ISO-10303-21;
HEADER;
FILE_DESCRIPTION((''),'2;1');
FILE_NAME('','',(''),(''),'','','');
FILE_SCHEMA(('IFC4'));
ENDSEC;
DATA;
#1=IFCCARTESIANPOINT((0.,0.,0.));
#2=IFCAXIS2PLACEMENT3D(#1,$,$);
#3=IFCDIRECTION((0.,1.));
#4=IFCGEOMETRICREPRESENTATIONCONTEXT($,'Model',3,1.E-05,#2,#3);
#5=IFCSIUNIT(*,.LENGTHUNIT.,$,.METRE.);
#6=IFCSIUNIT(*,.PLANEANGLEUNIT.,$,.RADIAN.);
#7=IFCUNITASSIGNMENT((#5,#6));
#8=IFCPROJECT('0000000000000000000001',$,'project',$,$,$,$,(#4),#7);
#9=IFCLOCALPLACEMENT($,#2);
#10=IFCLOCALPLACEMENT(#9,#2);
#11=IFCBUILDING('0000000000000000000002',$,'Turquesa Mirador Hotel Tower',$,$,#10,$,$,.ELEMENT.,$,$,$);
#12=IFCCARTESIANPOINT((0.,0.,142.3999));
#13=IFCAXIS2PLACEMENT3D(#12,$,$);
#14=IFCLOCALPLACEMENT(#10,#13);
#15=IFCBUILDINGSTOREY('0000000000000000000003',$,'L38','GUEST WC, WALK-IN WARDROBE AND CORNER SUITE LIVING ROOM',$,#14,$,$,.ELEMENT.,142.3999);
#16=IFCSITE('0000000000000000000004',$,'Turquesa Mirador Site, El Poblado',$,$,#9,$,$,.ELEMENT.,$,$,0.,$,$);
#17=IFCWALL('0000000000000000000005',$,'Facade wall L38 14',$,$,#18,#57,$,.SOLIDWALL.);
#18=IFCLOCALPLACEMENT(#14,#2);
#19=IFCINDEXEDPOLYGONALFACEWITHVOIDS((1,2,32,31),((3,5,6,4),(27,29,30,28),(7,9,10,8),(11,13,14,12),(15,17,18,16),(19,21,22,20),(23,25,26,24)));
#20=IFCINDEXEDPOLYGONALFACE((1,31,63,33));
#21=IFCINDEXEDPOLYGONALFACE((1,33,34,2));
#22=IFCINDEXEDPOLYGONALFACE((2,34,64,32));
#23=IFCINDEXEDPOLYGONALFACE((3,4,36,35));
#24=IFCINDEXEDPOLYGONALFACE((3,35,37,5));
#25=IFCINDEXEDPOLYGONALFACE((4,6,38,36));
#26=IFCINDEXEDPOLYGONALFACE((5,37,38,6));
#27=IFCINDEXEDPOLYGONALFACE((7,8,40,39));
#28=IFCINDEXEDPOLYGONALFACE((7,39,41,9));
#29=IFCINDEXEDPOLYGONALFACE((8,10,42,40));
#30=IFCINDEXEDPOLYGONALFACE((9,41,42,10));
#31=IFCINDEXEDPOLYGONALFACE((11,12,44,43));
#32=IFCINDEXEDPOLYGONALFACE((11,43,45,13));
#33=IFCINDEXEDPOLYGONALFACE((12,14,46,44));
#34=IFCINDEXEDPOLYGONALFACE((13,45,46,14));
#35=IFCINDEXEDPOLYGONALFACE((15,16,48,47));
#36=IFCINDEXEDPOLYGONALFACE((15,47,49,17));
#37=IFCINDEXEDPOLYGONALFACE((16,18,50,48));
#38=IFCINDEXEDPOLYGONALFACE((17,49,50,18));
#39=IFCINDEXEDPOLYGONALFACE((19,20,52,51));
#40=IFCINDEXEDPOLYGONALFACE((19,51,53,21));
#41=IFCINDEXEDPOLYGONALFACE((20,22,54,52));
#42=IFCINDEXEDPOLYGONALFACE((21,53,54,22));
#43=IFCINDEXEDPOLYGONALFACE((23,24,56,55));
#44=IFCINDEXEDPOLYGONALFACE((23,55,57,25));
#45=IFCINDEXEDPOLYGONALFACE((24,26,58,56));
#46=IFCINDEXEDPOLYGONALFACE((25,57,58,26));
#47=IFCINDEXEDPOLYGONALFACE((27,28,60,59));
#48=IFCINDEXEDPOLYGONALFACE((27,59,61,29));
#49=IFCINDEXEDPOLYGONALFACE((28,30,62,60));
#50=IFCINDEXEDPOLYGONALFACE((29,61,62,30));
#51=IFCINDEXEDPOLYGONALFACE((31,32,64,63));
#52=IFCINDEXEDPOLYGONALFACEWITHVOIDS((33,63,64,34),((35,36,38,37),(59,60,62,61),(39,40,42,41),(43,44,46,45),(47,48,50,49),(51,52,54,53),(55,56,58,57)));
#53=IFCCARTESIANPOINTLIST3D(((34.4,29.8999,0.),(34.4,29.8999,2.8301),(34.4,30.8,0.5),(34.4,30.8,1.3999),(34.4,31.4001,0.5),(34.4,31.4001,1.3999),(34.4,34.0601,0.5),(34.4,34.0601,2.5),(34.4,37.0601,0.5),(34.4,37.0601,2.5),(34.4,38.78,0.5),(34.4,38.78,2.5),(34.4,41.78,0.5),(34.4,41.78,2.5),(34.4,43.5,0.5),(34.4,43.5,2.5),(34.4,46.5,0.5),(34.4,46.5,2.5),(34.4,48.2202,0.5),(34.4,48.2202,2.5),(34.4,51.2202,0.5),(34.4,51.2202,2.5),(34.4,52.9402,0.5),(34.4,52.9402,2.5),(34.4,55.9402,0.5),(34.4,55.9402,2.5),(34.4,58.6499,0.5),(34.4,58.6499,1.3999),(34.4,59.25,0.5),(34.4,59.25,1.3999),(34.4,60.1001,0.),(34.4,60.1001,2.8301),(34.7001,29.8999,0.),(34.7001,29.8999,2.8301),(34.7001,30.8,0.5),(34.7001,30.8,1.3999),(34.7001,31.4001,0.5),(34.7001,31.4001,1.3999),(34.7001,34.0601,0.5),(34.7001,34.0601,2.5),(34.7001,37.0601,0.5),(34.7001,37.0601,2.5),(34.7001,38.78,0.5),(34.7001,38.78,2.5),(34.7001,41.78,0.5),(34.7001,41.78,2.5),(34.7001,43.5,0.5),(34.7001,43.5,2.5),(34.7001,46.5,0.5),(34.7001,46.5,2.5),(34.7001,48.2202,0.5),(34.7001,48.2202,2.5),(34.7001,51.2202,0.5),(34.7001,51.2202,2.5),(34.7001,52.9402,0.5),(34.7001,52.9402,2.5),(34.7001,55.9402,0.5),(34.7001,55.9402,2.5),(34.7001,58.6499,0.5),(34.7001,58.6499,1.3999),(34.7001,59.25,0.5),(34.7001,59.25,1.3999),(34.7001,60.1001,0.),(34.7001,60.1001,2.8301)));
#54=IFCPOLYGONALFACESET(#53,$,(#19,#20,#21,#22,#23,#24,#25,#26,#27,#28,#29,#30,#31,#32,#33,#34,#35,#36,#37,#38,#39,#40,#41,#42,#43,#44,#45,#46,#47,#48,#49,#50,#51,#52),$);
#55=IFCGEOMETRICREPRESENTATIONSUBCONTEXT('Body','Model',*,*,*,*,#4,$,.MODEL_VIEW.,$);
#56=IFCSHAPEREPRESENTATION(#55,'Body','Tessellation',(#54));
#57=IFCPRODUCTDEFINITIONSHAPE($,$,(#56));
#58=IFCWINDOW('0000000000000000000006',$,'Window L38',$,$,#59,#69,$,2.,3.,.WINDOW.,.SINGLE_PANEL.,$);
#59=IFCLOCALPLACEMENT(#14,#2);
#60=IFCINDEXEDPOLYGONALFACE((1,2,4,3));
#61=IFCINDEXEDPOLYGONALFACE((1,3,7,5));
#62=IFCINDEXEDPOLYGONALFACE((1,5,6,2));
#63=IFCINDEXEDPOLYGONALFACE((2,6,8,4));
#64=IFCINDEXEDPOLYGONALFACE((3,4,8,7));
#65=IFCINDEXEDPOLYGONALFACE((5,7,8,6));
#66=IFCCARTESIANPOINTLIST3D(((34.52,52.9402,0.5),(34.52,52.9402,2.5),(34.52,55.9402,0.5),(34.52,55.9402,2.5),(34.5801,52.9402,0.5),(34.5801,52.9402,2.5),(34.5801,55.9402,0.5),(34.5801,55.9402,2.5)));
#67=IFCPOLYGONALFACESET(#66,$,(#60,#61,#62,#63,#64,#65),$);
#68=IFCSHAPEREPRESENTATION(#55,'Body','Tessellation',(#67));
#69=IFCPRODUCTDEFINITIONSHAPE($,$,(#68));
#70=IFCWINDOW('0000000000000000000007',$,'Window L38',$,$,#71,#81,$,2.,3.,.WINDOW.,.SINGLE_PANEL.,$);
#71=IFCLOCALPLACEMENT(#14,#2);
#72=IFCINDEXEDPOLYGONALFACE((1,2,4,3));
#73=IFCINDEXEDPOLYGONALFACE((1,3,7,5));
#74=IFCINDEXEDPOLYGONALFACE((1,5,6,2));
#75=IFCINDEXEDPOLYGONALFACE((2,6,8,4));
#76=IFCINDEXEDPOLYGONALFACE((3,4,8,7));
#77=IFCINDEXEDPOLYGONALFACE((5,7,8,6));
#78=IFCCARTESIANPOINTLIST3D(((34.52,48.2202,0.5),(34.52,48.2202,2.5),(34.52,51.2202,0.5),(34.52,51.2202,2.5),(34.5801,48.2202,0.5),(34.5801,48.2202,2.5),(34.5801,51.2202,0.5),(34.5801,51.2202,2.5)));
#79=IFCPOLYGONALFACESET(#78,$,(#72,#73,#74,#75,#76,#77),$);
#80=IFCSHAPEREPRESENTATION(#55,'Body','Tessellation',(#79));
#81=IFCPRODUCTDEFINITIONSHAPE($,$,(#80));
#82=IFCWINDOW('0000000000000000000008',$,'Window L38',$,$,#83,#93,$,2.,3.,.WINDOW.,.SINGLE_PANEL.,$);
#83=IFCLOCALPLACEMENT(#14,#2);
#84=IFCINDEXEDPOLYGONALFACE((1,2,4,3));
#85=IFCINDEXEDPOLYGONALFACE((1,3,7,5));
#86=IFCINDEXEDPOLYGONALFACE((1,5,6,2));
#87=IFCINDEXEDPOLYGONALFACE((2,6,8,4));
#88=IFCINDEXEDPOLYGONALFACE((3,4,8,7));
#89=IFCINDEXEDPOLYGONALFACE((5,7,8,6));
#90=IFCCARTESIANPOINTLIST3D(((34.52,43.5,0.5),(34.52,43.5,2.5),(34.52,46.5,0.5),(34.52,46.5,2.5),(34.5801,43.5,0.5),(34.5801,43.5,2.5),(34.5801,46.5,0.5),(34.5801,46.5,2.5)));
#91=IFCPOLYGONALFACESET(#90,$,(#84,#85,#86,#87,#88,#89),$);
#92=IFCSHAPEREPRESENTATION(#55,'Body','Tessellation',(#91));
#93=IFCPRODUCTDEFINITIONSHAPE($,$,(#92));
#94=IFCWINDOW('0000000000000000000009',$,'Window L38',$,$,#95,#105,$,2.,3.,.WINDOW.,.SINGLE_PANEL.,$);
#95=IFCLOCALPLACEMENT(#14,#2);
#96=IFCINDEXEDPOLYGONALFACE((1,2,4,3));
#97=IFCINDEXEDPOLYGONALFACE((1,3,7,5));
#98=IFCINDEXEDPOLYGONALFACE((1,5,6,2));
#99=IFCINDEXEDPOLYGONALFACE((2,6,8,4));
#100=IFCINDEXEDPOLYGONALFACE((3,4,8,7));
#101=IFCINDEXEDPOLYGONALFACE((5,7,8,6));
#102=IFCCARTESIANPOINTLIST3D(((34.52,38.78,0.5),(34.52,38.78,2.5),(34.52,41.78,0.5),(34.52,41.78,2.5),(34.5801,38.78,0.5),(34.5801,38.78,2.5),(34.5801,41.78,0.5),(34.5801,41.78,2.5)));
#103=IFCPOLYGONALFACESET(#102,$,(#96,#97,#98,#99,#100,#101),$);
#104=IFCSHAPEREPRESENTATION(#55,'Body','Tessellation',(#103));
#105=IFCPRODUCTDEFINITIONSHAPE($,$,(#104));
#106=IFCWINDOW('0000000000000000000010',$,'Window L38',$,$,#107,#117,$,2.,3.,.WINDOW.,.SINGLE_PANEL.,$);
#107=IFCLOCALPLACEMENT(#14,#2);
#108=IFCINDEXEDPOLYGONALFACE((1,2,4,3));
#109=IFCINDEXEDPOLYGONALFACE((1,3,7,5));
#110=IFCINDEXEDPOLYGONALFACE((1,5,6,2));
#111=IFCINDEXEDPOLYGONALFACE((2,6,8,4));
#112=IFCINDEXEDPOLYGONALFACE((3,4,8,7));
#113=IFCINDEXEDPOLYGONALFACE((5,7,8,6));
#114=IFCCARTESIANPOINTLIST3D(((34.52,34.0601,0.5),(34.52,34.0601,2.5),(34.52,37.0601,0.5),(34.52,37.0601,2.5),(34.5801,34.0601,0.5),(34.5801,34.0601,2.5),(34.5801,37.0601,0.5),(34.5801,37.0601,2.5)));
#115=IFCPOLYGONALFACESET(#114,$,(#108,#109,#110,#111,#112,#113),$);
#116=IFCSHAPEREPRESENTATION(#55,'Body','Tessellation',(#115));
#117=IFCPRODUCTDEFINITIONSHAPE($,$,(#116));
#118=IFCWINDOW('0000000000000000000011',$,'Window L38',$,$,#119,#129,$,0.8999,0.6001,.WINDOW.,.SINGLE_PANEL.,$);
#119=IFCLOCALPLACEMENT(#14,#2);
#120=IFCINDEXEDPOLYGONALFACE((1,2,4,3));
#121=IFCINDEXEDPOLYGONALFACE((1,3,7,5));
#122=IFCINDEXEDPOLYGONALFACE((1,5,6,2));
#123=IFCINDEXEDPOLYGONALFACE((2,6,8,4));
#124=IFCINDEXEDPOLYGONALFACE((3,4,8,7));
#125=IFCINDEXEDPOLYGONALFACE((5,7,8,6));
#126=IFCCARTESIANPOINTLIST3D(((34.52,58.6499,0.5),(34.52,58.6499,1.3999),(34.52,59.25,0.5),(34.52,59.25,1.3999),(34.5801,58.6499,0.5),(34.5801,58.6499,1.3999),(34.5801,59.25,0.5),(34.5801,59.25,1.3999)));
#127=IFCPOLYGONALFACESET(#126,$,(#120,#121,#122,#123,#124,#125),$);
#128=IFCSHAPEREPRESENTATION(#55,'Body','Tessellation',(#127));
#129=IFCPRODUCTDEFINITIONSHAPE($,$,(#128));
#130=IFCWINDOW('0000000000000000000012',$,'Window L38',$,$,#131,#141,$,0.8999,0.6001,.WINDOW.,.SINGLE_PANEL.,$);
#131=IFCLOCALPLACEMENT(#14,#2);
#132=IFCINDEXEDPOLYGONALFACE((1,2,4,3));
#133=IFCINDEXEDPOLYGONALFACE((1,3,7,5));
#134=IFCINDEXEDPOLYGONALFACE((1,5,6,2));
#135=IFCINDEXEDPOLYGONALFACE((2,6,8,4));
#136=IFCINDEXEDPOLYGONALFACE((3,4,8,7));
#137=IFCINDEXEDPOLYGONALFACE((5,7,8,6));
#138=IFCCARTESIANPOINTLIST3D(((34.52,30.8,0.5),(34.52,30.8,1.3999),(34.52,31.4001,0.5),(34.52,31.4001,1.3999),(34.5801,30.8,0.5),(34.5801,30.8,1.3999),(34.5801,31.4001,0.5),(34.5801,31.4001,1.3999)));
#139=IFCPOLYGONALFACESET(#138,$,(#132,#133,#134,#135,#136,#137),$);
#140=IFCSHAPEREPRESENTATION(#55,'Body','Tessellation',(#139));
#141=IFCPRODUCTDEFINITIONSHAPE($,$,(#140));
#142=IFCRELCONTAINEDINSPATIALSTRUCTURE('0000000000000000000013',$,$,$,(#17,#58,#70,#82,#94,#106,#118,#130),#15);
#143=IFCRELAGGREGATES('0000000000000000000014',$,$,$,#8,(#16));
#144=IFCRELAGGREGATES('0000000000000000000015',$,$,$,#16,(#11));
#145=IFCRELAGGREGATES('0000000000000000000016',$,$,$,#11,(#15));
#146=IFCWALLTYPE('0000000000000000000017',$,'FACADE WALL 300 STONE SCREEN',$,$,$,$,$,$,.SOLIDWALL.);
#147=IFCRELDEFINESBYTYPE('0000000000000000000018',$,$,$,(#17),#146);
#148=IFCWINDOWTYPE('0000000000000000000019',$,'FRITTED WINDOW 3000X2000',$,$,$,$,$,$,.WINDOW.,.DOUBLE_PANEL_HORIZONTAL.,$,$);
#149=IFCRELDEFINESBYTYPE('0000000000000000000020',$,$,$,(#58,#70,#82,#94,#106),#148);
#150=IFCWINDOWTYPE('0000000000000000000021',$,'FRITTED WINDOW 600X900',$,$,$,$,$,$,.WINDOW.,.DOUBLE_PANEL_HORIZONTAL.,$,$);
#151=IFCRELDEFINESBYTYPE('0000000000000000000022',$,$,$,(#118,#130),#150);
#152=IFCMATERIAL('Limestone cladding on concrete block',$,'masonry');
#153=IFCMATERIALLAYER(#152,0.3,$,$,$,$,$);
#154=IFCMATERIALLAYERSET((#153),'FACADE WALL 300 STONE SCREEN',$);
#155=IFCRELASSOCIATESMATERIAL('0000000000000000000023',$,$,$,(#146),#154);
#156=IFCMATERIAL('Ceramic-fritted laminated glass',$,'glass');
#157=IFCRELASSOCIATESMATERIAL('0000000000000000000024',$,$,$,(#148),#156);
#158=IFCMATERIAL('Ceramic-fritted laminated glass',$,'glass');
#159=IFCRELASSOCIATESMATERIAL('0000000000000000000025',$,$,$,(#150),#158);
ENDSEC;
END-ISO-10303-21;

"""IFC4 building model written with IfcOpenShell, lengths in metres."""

from ifc_helpers import new_model, si_unit, direction, frame, frame_2d, origin, place, context, subcontext, project, spatial, rectangle, extrude, material, layer, layer_set, type_object, element, fill, save


model = new_model("IFC4")

# Units and contexts
model_context = context("Model", 3, precision=1e-05, world=origin(), true_north=direction((0.0, 1.0)))
body_context = subcontext(model_context, "Body", "Model", "MODEL_VIEW")
ifc_project = project(units=[si_unit("LENGTHUNIT", "METRE"), si_unit("PLANEANGLEUNIT", "RADIAN")], contexts=[model_context])

# Site, building, storey
site_placement = place(None, origin())
site = spatial("IfcSite", under=ifc_project, at=site_placement, Name="Turquesa Mirador Site, El Poblado", CompositionType="ELEMENT", RefElevation=0.0)
building_placement = place(site_placement, origin())
building = spatial("IfcBuilding", under=site, at=building_placement, Name="Turquesa Mirador Hotel Tower", CompositionType="ELEMENT")
storey_placement = place(building_placement, frame((0.0, 0.0, 142.3999)))
storey = spatial("IfcBuildingStorey", under=building, at=storey_placement, Name="L38", Description="GUEST WC, WALK-IN WARDROBE AND CORNER SUITE LIVING ROOM", CompositionType="ELEMENT", Elevation=142.3999)

# Shared definitions
ifc_material_1 = material(Name="Limestone cladding on concrete block", Category="masonry")
ifc_layer_1 = layer(ifc_material_1, 0.3)
ifc_layer_set_1 = layer_set([ifc_layer_1], Name="FACADE WALL 300 STONE SCREEN")
wall_type_1 = type_object("IfcWallType", Name="FACADE WALL 300 STONE SCREEN", PredefinedType="SOLIDWALL", material=ifc_layer_set_1)

# Wall, openings, windows
wall_1_placement = place(storey_placement, frame((34.55, 60.1001, 0.0), z_axis=(0.0, 0.0, 1.0), x_axis=(0.0, -1.0, 0.0)))
wall_1 = element("IfcWall", 1, at=wall_1_placement, inside=storey, type_object=wall_type_1, Name="Facade wall L38 14", PredefinedType="SOLIDWALL", context=body_context, shape_type="SweptSolid", body=[
    extrude(rectangle(XDim=30.2002, YDim=0.3, at=frame_2d((15.1001, 0.0))), origin(), (0.0, 0.0, 1.0), 2.8301),
])
opening_1_placement = place(wall_1_placement, frame((0.8501, 0.0, 0.5)))
opening_1 = element("IfcOpeningElement", 2, at=opening_1_placement, cuts=wall_1, PredefinedType="OPENING", context=body_context, shape_type="SweptSolid", body=[
    extrude(rectangle(XDim=0.6001, YDim=0.8999, at=frame_2d((0.3, 0.45))), frame((0.0, 0.1599, 0.0), z_axis=(0.0, -1.0, 0.0), x_axis=(1.0, 0.0, 0.0)), (0.0, 0.0, 1.0), 0.3201),
])
opening_2_placement = place(wall_1_placement, frame((4.1599, 0.0, 0.5)))
opening_2 = element("IfcOpeningElement", 3, at=opening_2_placement, cuts=wall_1, PredefinedType="OPENING", context=body_context, shape_type="SweptSolid", body=[
    extrude(rectangle(XDim=3.0, YDim=2.0, at=frame_2d((1.5, 1.0))), frame((0.0, 0.1599, 0.0), z_axis=(0.0, -1.0, 0.0), x_axis=(1.0, 0.0, 0.0)), (0.0, 0.0, 1.0), 0.3201),
])
opening_3_placement = place(wall_1_placement, frame((8.8799, 0.0, 0.5)))
opening_3 = element("IfcOpeningElement", 4, at=opening_3_placement, cuts=wall_1, PredefinedType="OPENING", context=body_context, shape_type="SweptSolid", body=[
    extrude(rectangle(XDim=3.0, YDim=2.0, at=frame_2d((1.5, 1.0))), frame((0.0, 0.1599, 0.0), z_axis=(0.0, -1.0, 0.0), x_axis=(1.0, 0.0, 0.0)), (0.0, 0.0, 1.0), 0.3201),
])
opening_4_placement = place(wall_1_placement, frame((13.6001, 0.0, 0.5)))
opening_4 = element("IfcOpeningElement", 5, at=opening_4_placement, cuts=wall_1, PredefinedType="OPENING", context=body_context, shape_type="SweptSolid", body=[
    extrude(rectangle(XDim=3.0, YDim=2.0, at=frame_2d((1.5, 1.0))), frame((0.0, 0.1599, 0.0), z_axis=(0.0, -1.0, 0.0), x_axis=(1.0, 0.0, 0.0)), (0.0, 0.0, 1.0), 0.3201),
])
opening_5_placement = place(wall_1_placement, frame((18.3201, 0.0, 0.5)))
opening_5 = element("IfcOpeningElement", 6, at=opening_5_placement, cuts=wall_1, PredefinedType="OPENING", context=body_context, shape_type="SweptSolid", body=[
    extrude(rectangle(XDim=3.0, YDim=2.0, at=frame_2d((1.5, 1.0))), frame((0.0, 0.1599, 0.0), z_axis=(0.0, -1.0, 0.0), x_axis=(1.0, 0.0, 0.0)), (0.0, 0.0, 1.0), 0.3201),
])
opening_6_placement = place(wall_1_placement, frame((23.04, 0.0, 0.5)))
opening_6 = element("IfcOpeningElement", 7, at=opening_6_placement, cuts=wall_1, PredefinedType="OPENING", context=body_context, shape_type="SweptSolid", body=[
    extrude(rectangle(XDim=3.0, YDim=2.0, at=frame_2d((1.5, 1.0))), frame((0.0, 0.1599, 0.0), z_axis=(0.0, -1.0, 0.0), x_axis=(1.0, 0.0, 0.0)), (0.0, 0.0, 1.0), 0.3201),
])
opening_7_placement = place(wall_1_placement, frame((28.7, 0.0, 0.5)))
opening_7 = element("IfcOpeningElement", 8, at=opening_7_placement, cuts=wall_1, PredefinedType="OPENING", context=body_context, shape_type="SweptSolid", body=[
    extrude(rectangle(XDim=0.6001, YDim=0.8999, at=frame_2d((0.3, 0.45))), frame((0.0, 0.1599, 0.0), z_axis=(0.0, -1.0, 0.0), x_axis=(1.0, 0.0, 0.0)), (0.0, 0.0, 1.0), 0.3201),
])
ifc_material_2 = material(Name="Ceramic-fritted laminated glass", Category="glass")
window_type_1 = type_object("IfcWindowType", Name="FRITTED WINDOW 3000X2000", PartitioningType="DOUBLE_PANEL_HORIZONTAL", PredefinedType="WINDOW", material=ifc_material_2)
window_1_placement = place(opening_2_placement, origin())
window_1 = element("IfcWindow", 9, at=window_1_placement, inside=storey, type_object=window_type_1, Name="Window L38", OverallHeight=2.0, OverallWidth=3.0, PartitioningType="SINGLE_PANEL", PredefinedType="WINDOW", context=body_context, shape_type="SweptSolid", body=[
    extrude(rectangle(XDim=3.0, YDim=2.0, at=frame_2d((1.5, 1.0))), frame((0.0, 0.03, 0.0), z_axis=(0.0, -1.0, 0.0), x_axis=(1.0, 0.0, 0.0)), (0.0, 0.0, 1.0), 0.0601),
])
fill(opening_2, window_1)
window_2_placement = place(opening_3_placement, origin())
window_2 = element("IfcWindow", 10, at=window_2_placement, inside=storey, type_object=window_type_1, Name="Window L38", OverallHeight=2.0, OverallWidth=3.0, PartitioningType="SINGLE_PANEL", PredefinedType="WINDOW", context=body_context, shape_type="SweptSolid", body=[
    extrude(rectangle(XDim=3.0, YDim=2.0, at=frame_2d((1.5, 1.0))), frame((0.0, 0.03, 0.0), z_axis=(0.0, -1.0, 0.0), x_axis=(1.0, 0.0, 0.0)), (0.0, 0.0, 1.0), 0.0601),
])
fill(opening_3, window_2)
window_3_placement = place(opening_4_placement, origin())
window_3 = element("IfcWindow", 11, at=window_3_placement, inside=storey, type_object=window_type_1, Name="Window L38", OverallHeight=2.0, OverallWidth=3.0, PartitioningType="SINGLE_PANEL", PredefinedType="WINDOW", context=body_context, shape_type="SweptSolid", body=[
    extrude(rectangle(XDim=3.0, YDim=2.0, at=frame_2d((1.5, 1.0))), frame((0.0, 0.03, 0.0), z_axis=(0.0, -1.0, 0.0), x_axis=(1.0, 0.0, 0.0)), (0.0, 0.0, 1.0), 0.0601),
])
fill(opening_4, window_3)
window_4_placement = place(opening_5_placement, origin())
window_4 = element("IfcWindow", 12, at=window_4_placement, inside=storey, type_object=window_type_1, Name="Window L38", OverallHeight=2.0, OverallWidth=3.0, PartitioningType="SINGLE_PANEL", PredefinedType="WINDOW", context=body_context, shape_type="SweptSolid", body=[
    extrude(rectangle(XDim=3.0, YDim=2.0, at=frame_2d((1.5, 1.0))), frame((0.0, 0.03, 0.0), z_axis=(0.0, -1.0, 0.0), x_axis=(1.0, 0.0, 0.0)), (0.0, 0.0, 1.0), 0.0601),
])
fill(opening_5, window_4)
window_5_placement = place(opening_6_placement, origin())
window_5 = element("IfcWindow", 13, at=window_5_placement, inside=storey, type_object=window_type_1, Name="Window L38", OverallHeight=2.0, OverallWidth=3.0, PartitioningType="SINGLE_PANEL", PredefinedType="WINDOW", context=body_context, shape_type="SweptSolid", body=[
    extrude(rectangle(XDim=3.0, YDim=2.0, at=frame_2d((1.5, 1.0))), frame((0.0, 0.03, 0.0), z_axis=(0.0, -1.0, 0.0), x_axis=(1.0, 0.0, 0.0)), (0.0, 0.0, 1.0), 0.0601),
])
fill(opening_6, window_5)
ifc_material_3 = material(Name="Ceramic-fritted laminated glass", Category="glass")
window_type_2 = type_object("IfcWindowType", Name="FRITTED WINDOW 600X900", PartitioningType="DOUBLE_PANEL_HORIZONTAL", PredefinedType="WINDOW", material=ifc_material_3)
window_6_placement = place(opening_1_placement, origin())
window_6 = element("IfcWindow", 14, at=window_6_placement, inside=storey, type_object=window_type_2, Name="Window L38", OverallHeight=0.8999, OverallWidth=0.6001, PartitioningType="SINGLE_PANEL", PredefinedType="WINDOW", context=body_context, shape_type="SweptSolid", body=[
    extrude(rectangle(XDim=0.6001, YDim=0.8999, at=frame_2d((0.3, 0.45))), frame((0.0, 0.03, 0.0), z_axis=(0.0, -1.0, 0.0), x_axis=(1.0, 0.0, 0.0)), (0.0, 0.0, 1.0), 0.0601),
])
fill(opening_1, window_6)
window_7_placement = place(opening_7_placement, origin())
window_7 = element("IfcWindow", 15, at=window_7_placement, inside=storey, type_object=window_type_2, Name="Window L38", OverallHeight=0.8999, OverallWidth=0.6001, PartitioningType="SINGLE_PANEL", PredefinedType="WINDOW", context=body_context, shape_type="SweptSolid", body=[
    extrude(rectangle(XDim=0.6001, YDim=0.8999, at=frame_2d((0.3, 0.45))), frame((0.0, 0.03, 0.0), z_axis=(0.0, -1.0, 0.0), x_axis=(1.0, 0.0, 0.0)), (0.0, 0.0, 1.0), 0.0601),
])
fill(opening_7, window_7)

save(model, "model.ifc")
